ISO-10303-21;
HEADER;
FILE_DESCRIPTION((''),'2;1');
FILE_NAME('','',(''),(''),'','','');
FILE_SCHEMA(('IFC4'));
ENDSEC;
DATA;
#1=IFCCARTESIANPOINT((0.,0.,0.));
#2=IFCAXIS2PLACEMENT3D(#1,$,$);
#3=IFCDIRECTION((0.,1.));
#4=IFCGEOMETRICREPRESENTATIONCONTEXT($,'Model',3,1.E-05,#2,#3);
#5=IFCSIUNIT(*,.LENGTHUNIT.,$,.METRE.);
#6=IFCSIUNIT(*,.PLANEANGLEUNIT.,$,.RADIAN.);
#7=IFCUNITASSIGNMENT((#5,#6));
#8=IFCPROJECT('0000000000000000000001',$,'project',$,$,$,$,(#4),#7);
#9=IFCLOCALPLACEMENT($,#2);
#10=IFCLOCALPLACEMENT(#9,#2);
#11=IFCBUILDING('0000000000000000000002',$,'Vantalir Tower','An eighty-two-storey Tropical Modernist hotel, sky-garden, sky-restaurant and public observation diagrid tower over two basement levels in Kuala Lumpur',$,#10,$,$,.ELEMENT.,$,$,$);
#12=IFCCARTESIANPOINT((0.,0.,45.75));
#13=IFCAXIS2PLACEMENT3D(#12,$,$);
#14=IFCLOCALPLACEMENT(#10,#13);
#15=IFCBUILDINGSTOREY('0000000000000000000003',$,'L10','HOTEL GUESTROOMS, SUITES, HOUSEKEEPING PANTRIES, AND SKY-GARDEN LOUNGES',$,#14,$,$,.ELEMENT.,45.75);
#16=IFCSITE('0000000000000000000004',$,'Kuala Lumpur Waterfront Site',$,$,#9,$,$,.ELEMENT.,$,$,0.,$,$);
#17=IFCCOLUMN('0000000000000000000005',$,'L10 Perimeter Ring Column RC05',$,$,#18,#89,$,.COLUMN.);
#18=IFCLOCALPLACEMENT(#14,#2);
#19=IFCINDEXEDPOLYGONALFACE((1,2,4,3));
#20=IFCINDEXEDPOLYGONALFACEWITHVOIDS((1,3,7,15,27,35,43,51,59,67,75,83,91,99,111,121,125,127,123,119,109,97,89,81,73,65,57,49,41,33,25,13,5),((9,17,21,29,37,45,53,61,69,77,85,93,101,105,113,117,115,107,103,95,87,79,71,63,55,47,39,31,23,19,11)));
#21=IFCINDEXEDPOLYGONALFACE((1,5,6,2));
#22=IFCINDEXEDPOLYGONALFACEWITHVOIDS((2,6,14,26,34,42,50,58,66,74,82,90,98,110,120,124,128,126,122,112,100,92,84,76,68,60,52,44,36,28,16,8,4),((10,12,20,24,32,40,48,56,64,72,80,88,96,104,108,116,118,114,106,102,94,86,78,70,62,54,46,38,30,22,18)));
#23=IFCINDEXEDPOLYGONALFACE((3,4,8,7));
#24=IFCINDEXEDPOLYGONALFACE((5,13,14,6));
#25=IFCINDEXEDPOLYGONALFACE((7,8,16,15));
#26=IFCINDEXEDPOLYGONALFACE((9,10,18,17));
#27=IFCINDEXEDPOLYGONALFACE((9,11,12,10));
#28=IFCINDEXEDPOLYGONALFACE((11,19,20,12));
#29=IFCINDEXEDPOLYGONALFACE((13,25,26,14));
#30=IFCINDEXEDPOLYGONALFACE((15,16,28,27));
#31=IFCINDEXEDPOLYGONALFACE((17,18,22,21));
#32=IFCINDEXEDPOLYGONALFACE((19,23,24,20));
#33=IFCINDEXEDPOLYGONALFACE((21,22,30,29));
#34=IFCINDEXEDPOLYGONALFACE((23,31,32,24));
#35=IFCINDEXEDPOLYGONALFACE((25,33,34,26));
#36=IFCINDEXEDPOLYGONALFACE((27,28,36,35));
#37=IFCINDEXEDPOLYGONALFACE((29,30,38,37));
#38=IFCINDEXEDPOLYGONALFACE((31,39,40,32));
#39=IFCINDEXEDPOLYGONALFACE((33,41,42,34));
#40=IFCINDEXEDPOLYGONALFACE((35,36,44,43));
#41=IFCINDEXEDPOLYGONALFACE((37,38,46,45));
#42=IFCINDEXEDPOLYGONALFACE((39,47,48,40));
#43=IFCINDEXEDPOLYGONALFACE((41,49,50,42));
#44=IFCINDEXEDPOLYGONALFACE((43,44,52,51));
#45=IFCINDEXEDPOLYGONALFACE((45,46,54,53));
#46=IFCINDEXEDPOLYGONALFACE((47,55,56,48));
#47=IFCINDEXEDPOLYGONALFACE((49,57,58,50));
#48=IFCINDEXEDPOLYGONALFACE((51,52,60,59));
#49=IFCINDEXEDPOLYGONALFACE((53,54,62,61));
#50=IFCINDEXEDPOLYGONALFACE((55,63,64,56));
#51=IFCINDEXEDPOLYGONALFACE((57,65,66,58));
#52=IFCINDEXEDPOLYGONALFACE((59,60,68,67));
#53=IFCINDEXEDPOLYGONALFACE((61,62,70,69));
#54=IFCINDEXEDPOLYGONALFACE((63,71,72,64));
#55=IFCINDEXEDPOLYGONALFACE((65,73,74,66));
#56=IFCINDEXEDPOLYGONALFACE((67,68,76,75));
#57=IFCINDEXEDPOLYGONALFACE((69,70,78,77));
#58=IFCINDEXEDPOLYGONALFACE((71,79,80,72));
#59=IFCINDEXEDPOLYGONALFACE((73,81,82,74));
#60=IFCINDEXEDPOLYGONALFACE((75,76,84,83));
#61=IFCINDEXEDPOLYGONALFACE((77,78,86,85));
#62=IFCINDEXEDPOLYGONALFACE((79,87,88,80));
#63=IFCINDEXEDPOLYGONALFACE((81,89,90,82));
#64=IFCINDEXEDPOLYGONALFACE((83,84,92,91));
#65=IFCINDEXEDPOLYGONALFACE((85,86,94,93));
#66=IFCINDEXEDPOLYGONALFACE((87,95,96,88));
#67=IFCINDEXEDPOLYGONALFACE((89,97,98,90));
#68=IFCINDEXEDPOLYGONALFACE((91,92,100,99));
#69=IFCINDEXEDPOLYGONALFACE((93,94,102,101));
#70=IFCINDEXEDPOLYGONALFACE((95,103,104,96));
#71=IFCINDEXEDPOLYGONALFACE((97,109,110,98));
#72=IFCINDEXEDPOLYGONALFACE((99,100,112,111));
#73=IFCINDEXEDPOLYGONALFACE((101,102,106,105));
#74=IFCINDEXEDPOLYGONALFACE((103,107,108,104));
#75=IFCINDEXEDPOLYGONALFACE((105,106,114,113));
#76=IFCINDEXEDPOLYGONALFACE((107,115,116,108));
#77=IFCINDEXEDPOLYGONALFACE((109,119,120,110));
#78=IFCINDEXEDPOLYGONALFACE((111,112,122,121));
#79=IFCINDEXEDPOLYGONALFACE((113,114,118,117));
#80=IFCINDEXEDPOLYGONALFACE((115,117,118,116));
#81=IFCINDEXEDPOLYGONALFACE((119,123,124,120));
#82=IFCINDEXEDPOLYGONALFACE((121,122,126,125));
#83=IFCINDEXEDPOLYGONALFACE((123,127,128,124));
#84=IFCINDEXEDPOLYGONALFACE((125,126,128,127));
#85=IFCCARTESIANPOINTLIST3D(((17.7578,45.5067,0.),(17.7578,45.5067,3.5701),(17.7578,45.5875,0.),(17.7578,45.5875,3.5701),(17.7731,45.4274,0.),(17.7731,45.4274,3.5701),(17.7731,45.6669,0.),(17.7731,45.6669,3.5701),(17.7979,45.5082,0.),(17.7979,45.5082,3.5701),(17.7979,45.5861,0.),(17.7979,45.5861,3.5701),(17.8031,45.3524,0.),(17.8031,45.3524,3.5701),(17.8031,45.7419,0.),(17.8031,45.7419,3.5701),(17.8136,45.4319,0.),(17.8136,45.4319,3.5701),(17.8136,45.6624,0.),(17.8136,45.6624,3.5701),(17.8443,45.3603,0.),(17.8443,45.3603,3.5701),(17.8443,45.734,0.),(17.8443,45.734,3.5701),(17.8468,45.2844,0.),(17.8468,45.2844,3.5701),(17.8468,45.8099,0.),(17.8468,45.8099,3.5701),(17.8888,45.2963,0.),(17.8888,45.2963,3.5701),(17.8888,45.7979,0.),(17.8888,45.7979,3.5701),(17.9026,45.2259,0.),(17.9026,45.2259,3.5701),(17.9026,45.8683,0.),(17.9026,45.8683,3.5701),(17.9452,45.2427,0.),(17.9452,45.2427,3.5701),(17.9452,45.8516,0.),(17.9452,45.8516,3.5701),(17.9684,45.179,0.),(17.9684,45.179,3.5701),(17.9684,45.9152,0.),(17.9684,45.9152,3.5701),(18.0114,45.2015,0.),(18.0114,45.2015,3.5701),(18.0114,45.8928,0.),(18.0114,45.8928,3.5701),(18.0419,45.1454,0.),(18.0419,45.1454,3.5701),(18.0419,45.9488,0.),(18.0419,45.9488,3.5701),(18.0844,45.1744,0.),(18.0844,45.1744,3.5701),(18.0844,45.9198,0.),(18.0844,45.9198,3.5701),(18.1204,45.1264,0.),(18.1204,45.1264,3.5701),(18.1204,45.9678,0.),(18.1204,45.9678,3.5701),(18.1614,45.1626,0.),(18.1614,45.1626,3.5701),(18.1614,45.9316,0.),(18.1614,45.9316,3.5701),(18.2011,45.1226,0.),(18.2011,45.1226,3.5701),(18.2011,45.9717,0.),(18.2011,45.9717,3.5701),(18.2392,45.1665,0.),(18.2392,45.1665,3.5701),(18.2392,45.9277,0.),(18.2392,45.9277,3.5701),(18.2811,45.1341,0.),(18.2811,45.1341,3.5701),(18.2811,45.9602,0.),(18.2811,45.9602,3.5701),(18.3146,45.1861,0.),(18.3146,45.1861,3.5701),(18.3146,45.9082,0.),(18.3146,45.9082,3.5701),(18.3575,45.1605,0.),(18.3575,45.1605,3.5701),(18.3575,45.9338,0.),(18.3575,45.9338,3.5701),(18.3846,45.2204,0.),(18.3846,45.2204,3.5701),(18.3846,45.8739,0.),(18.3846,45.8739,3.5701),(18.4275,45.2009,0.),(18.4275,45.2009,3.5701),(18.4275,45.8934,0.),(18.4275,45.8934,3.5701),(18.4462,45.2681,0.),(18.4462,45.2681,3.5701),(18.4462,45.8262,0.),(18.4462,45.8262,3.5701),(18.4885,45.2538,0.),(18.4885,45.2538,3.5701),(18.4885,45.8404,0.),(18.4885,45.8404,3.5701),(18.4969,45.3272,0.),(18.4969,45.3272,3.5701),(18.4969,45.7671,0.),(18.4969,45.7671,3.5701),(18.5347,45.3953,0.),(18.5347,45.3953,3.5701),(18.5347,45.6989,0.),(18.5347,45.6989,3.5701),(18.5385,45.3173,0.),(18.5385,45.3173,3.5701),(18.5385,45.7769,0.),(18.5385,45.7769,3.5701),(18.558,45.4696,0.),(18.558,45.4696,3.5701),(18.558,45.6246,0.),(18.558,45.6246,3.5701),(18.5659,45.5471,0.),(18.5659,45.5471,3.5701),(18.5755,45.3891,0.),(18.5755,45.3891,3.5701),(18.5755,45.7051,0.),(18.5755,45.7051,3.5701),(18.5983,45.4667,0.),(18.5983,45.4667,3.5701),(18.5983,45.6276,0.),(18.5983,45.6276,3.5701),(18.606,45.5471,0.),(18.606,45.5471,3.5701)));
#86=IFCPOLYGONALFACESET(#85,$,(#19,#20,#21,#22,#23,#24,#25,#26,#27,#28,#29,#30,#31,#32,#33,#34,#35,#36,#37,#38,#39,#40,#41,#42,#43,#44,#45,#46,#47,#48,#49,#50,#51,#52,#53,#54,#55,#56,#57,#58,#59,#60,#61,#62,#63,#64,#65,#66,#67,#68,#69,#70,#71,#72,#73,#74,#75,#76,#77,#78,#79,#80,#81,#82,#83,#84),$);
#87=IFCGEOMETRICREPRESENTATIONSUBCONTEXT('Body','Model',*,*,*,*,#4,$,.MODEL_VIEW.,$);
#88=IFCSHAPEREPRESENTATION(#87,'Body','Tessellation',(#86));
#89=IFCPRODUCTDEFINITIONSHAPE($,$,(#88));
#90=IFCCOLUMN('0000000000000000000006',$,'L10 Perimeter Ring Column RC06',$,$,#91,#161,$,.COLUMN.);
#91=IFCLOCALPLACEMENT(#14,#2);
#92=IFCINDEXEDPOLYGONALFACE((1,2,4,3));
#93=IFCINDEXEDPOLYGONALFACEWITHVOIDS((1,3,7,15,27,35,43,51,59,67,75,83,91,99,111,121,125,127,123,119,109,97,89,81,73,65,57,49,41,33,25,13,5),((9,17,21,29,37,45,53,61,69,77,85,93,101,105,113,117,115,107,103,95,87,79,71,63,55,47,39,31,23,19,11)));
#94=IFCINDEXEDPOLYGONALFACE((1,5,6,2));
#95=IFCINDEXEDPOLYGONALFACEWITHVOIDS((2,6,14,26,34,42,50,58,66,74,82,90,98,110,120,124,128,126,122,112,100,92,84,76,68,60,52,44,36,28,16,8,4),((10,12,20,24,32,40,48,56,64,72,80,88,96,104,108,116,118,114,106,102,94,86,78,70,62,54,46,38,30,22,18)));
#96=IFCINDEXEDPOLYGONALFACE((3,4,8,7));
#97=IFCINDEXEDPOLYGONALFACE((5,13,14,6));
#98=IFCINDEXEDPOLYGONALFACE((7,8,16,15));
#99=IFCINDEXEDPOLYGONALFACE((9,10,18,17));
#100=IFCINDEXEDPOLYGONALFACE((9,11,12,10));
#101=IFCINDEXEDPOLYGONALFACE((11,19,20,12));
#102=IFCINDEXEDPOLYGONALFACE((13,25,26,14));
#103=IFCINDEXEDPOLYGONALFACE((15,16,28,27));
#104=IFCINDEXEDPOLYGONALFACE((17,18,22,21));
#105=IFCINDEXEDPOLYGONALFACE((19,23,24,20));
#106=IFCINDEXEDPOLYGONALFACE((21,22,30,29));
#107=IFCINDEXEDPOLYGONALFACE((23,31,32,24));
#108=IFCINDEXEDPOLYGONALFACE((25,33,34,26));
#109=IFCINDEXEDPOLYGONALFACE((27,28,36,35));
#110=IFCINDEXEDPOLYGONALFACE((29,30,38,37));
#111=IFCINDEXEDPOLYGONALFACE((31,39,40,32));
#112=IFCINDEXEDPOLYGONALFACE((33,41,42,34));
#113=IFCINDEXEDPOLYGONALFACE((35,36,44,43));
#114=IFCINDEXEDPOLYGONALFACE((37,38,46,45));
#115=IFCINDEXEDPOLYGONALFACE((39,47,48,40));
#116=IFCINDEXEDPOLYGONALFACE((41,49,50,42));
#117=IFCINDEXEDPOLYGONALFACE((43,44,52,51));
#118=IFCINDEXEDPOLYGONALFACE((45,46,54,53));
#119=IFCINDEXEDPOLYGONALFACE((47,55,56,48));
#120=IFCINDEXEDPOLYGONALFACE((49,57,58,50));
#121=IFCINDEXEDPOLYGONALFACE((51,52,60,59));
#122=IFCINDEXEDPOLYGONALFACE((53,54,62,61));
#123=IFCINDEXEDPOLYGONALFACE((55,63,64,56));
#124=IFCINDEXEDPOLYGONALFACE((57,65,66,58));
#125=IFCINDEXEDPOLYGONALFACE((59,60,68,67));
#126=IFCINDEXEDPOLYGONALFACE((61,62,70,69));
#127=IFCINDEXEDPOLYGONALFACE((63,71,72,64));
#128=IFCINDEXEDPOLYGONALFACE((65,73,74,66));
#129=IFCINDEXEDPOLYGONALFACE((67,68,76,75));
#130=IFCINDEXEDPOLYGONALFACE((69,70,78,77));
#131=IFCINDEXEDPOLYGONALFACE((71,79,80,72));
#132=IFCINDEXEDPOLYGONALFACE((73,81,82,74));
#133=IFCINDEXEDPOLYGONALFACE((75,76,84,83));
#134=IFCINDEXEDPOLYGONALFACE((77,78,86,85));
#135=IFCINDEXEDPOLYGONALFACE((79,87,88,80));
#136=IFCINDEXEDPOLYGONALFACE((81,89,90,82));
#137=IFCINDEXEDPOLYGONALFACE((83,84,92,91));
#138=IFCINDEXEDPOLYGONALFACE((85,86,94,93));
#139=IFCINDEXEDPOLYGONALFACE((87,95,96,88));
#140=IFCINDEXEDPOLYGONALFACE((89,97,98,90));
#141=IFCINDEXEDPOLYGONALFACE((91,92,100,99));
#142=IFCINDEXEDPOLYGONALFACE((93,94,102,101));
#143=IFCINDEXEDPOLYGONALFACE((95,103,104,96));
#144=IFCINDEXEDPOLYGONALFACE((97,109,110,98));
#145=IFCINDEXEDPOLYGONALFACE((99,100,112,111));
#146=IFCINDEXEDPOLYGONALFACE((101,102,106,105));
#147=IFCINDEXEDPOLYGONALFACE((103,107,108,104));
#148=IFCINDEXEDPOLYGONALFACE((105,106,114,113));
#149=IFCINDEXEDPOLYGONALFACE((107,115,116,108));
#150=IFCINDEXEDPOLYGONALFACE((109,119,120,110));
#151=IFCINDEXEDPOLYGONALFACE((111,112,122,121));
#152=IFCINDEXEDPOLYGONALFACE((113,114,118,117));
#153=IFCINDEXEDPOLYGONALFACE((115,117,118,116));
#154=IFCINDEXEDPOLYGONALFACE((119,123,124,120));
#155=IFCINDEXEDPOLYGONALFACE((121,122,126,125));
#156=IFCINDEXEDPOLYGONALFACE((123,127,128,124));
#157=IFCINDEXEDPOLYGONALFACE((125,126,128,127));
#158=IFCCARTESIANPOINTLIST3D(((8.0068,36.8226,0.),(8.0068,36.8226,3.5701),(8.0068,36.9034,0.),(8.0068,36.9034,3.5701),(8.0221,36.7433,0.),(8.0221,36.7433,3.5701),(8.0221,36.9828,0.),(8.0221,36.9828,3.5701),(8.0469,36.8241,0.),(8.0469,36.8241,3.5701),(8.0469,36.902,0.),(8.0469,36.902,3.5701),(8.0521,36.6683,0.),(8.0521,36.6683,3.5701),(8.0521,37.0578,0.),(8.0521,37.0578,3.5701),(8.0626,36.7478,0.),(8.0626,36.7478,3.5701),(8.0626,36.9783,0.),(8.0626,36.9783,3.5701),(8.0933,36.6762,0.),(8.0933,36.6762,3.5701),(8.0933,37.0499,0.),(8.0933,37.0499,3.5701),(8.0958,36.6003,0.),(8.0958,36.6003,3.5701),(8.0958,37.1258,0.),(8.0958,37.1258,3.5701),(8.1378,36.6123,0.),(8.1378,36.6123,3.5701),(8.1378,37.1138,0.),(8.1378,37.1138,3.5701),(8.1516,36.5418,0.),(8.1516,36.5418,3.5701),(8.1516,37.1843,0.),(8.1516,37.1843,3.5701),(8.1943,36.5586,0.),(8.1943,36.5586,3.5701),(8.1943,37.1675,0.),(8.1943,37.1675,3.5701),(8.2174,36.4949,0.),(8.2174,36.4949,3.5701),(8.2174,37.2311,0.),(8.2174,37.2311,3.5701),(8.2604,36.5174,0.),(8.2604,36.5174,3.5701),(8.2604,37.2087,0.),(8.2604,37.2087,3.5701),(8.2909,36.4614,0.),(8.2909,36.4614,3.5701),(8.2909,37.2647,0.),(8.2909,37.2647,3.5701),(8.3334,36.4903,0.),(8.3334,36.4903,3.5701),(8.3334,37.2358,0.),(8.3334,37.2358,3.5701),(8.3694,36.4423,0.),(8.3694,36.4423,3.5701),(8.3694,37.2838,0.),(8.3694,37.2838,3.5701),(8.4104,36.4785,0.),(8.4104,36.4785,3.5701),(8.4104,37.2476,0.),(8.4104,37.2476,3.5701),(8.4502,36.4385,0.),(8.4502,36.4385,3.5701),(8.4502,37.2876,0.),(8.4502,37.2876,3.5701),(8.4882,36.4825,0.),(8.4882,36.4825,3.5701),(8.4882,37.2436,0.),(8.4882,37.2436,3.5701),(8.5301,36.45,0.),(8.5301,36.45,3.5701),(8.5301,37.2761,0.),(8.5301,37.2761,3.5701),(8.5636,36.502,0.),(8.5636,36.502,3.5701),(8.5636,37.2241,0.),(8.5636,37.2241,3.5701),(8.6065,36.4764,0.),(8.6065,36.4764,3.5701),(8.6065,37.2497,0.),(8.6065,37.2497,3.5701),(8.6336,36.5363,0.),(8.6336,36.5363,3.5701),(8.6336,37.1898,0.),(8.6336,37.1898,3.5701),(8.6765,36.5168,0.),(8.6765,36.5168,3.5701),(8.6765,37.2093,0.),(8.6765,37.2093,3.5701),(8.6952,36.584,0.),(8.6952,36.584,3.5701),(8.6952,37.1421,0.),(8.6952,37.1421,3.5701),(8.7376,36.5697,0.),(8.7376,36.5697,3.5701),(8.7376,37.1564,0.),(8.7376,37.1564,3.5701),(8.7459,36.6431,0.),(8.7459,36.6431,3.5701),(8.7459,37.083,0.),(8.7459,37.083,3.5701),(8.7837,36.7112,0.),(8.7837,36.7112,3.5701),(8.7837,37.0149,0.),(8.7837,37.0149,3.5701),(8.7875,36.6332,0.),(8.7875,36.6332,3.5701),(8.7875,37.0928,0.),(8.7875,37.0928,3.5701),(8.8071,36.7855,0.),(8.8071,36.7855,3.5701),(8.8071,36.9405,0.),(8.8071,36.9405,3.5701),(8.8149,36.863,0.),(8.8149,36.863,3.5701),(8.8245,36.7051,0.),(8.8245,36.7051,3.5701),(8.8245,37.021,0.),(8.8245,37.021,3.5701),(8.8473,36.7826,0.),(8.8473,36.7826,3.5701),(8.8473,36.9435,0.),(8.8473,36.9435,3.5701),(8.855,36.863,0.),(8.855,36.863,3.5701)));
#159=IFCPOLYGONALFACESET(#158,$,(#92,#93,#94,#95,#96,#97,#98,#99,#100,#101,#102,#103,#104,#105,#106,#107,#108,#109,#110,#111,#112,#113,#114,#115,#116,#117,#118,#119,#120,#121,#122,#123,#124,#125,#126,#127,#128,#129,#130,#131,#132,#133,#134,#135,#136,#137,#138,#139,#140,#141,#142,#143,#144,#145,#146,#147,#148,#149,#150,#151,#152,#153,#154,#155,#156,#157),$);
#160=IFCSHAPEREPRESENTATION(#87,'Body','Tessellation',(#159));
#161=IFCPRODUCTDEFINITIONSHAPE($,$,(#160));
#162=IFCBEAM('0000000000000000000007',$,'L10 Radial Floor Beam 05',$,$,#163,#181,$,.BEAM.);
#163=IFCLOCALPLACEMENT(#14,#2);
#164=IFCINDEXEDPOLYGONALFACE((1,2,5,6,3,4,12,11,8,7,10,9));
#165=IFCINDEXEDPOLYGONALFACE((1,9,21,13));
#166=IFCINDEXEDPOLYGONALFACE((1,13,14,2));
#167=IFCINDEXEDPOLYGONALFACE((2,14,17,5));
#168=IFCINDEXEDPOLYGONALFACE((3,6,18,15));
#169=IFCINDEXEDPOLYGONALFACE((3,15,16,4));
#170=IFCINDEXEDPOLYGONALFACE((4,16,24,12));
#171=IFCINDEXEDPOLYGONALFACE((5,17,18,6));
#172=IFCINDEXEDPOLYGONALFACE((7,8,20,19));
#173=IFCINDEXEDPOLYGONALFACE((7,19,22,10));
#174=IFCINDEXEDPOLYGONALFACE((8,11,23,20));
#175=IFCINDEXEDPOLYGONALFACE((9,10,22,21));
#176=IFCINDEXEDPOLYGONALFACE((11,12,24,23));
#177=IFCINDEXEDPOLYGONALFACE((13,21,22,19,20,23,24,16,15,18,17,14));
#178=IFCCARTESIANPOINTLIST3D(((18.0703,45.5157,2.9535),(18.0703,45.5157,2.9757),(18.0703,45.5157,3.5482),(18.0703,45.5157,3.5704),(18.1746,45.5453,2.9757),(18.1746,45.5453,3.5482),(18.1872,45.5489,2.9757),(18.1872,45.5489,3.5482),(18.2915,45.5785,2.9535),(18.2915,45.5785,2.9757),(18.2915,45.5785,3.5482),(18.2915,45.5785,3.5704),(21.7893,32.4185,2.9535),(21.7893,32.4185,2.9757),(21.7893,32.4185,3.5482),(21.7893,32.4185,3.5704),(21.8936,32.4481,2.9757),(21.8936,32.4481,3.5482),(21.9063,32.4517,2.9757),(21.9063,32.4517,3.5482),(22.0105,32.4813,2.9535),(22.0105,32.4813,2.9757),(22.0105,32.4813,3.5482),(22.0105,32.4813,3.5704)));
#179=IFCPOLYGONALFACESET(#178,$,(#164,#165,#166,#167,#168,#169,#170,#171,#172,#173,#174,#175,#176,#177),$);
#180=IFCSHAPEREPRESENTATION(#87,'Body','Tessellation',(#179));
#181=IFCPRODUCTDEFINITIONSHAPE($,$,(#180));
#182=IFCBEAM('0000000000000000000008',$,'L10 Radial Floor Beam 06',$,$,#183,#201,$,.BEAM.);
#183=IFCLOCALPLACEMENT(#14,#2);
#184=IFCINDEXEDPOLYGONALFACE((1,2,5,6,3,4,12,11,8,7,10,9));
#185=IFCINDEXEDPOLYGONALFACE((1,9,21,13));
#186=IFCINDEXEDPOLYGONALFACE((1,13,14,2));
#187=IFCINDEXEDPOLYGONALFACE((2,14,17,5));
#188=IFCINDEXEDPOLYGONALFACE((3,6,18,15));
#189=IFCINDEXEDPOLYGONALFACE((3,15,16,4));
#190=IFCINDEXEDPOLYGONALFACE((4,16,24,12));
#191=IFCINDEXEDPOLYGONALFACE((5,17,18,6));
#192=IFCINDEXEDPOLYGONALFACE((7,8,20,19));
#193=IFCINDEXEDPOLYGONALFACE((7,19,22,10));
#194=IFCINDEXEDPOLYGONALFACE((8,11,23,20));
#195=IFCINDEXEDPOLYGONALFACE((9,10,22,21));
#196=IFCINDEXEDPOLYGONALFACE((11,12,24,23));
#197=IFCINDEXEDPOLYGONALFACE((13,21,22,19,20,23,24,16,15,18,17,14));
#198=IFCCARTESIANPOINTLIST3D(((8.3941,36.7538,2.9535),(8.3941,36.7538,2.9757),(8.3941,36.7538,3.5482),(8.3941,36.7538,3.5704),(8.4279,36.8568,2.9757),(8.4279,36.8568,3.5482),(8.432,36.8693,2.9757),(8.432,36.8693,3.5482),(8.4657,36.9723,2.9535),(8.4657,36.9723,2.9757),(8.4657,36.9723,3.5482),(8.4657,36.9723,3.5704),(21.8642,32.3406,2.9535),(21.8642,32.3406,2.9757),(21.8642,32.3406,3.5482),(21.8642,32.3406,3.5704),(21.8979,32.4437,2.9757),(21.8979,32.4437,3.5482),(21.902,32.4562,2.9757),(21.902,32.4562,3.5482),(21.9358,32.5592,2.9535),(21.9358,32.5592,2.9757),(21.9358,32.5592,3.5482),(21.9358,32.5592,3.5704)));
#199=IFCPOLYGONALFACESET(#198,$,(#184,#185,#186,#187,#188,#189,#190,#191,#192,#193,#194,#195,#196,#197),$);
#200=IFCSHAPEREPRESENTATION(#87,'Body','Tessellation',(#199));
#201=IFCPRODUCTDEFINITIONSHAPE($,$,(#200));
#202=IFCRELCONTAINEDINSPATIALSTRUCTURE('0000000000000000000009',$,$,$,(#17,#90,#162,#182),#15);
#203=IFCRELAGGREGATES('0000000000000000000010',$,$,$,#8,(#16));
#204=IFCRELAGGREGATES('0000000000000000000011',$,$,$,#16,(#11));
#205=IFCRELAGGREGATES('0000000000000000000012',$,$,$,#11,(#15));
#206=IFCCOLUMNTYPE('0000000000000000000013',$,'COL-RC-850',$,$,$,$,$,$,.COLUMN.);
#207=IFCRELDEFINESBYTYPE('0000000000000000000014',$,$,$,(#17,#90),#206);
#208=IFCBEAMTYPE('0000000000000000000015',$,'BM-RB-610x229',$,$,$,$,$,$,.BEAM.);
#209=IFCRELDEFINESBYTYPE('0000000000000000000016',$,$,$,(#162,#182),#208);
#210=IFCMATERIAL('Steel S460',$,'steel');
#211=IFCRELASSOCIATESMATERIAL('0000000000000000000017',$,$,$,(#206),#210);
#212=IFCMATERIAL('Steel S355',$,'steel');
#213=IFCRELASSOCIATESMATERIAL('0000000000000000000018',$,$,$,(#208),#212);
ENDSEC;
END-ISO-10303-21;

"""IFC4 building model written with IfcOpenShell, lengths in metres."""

from ifc_helpers import new_model, si_unit, direction, frame, origin, origin_2d, place, context, subcontext, project, spatial, hollow_circle, i_section, extrude, material, material_profile, profile_set, type_object, element, save


model = new_model("IFC4")

# Units and contexts
model_context = context("Model", 3, precision=1e-05, world=origin(), true_north=direction((0.0, 1.0)))
body_context = subcontext(model_context, "Body", "Model", "MODEL_VIEW")
ifc_project = project(units=[si_unit("LENGTHUNIT", "METRE"), si_unit("PLANEANGLEUNIT", "RADIAN")], contexts=[model_context])

# Site, building, storey
site_placement = place(None, origin())
site = spatial("IfcSite", under=ifc_project, at=site_placement, Name="Kuala Lumpur Waterfront Site", CompositionType="ELEMENT", RefElevation=0.0)
building_placement = place(site_placement, origin())
building = spatial("IfcBuilding", under=site, at=building_placement, Name="Vantalir Tower", Description="An eighty-two-storey Tropical Modernist hotel, sky-garden, sky-restaurant and public observation diagrid tower over two basement levels in Kuala Lumpur", CompositionType="ELEMENT")
storey_placement = place(building_placement, frame((0.0, 0.0, 45.75)))
storey = spatial("IfcBuildingStorey", under=building, at=storey_placement, Name="L10", Description="HOTEL GUESTROOMS, SUITES, HOUSEKEEPING PANTRIES, AND SKY-GARDEN LOUNGES", CompositionType="ELEMENT", Elevation=45.75)

# Columns
ifc_material_1 = material(Name="Steel S460", Category="steel")
ifc_material_profile_1 = material_profile(ifc_material_1, hollow_circle(Radius=0.425, WallThickness=0.04, at=origin_2d()), Name="Steel S460")
ifc_profile_set_1 = profile_set([ifc_material_profile_1], Name="Steel S460")
column_type = type_object("IfcColumnType", Name="COL-RC-850", PredefinedType="COLUMN", material=ifc_profile_set_1)
for number, where, z_axis, x_axis, name in (
    (1, (18.1809, 45.5471, 0.0), (0.0, 0.0, 1.0), (1.0, 0.0, 0.0), "L10 Perimeter Ring Column RC05"),
    (2, (8.4299, 36.863, 0.0), (0.0, 0.0, 1.0), (1.0, 0.0, 0.0), "L10 Perimeter Ring Column RC06"),
):
    element("IfcColumn", number, at=place(storey_placement, frame(where, z_axis=z_axis, x_axis=x_axis)), inside=storey, type_object=column_type, Name=name, PredefinedType="COLUMN", context=body_context, shape_type="SweptSolid", body=[
        extrude(hollow_circle(Radius=0.425, WallThickness=0.04, at=origin_2d()), origin(), (0.0, 0.0, 1.0), 3.5701),
    ])

# Beams
ifc_material_2 = material(Name="Steel S355", Category="steel")
ifc_material_profile_2 = material_profile(ifc_material_2, i_section(OverallWidth=0.23, OverallDepth=0.6169, WebThickness=0.0132, FlangeThickness=0.0222, at=origin_2d()), Name="Steel S355")
ifc_profile_set_2 = profile_set([ifc_material_profile_2], Name="Steel S355")
beam_type_1 = type_object("IfcBeamType", Name="BM-RB-610x229", PredefinedType="BEAM", material=ifc_profile_set_2)
beam_1_placement = place(storey_placement, frame((18.1809, 45.5471, 3.262), z_axis=(0.273155, -0.96197, 0.0), x_axis=(0.96197, 0.273155, 0.0)))
element("IfcBeam", 3, at=beam_1_placement, inside=storey, type_object=beam_type_1, Name="L10 Radial Floor Beam 05", PredefinedType="BEAM", context=body_context, shape_type="SweptSolid", body=[
    extrude(i_section(OverallWidth=0.23, OverallDepth=0.6169, WebThickness=0.0132, FlangeThickness=0.0222, at=origin_2d()), origin(), (0.0, 0.0, 1.0), 13.615),
])
beam_2_placement = place(storey_placement, frame((8.4299, 36.863, 3.262), z_axis=(0.950298, -0.311341, 0.0), x_axis=(0.311341, 0.950298, 0.0)))
element("IfcBeam", 4, at=beam_2_placement, inside=storey, type_object=beam_type_1, Name="L10 Radial Floor Beam 06", PredefinedType="BEAM", context=body_context, shape_type="SweptSolid", body=[
    extrude(i_section(OverallWidth=0.23, OverallDepth=0.6169, WebThickness=0.0132, FlangeThickness=0.0222, at=origin_2d()), origin(), (0.0, 0.0, 1.0), 14.1746),
])

save(model, "model.ifc")
